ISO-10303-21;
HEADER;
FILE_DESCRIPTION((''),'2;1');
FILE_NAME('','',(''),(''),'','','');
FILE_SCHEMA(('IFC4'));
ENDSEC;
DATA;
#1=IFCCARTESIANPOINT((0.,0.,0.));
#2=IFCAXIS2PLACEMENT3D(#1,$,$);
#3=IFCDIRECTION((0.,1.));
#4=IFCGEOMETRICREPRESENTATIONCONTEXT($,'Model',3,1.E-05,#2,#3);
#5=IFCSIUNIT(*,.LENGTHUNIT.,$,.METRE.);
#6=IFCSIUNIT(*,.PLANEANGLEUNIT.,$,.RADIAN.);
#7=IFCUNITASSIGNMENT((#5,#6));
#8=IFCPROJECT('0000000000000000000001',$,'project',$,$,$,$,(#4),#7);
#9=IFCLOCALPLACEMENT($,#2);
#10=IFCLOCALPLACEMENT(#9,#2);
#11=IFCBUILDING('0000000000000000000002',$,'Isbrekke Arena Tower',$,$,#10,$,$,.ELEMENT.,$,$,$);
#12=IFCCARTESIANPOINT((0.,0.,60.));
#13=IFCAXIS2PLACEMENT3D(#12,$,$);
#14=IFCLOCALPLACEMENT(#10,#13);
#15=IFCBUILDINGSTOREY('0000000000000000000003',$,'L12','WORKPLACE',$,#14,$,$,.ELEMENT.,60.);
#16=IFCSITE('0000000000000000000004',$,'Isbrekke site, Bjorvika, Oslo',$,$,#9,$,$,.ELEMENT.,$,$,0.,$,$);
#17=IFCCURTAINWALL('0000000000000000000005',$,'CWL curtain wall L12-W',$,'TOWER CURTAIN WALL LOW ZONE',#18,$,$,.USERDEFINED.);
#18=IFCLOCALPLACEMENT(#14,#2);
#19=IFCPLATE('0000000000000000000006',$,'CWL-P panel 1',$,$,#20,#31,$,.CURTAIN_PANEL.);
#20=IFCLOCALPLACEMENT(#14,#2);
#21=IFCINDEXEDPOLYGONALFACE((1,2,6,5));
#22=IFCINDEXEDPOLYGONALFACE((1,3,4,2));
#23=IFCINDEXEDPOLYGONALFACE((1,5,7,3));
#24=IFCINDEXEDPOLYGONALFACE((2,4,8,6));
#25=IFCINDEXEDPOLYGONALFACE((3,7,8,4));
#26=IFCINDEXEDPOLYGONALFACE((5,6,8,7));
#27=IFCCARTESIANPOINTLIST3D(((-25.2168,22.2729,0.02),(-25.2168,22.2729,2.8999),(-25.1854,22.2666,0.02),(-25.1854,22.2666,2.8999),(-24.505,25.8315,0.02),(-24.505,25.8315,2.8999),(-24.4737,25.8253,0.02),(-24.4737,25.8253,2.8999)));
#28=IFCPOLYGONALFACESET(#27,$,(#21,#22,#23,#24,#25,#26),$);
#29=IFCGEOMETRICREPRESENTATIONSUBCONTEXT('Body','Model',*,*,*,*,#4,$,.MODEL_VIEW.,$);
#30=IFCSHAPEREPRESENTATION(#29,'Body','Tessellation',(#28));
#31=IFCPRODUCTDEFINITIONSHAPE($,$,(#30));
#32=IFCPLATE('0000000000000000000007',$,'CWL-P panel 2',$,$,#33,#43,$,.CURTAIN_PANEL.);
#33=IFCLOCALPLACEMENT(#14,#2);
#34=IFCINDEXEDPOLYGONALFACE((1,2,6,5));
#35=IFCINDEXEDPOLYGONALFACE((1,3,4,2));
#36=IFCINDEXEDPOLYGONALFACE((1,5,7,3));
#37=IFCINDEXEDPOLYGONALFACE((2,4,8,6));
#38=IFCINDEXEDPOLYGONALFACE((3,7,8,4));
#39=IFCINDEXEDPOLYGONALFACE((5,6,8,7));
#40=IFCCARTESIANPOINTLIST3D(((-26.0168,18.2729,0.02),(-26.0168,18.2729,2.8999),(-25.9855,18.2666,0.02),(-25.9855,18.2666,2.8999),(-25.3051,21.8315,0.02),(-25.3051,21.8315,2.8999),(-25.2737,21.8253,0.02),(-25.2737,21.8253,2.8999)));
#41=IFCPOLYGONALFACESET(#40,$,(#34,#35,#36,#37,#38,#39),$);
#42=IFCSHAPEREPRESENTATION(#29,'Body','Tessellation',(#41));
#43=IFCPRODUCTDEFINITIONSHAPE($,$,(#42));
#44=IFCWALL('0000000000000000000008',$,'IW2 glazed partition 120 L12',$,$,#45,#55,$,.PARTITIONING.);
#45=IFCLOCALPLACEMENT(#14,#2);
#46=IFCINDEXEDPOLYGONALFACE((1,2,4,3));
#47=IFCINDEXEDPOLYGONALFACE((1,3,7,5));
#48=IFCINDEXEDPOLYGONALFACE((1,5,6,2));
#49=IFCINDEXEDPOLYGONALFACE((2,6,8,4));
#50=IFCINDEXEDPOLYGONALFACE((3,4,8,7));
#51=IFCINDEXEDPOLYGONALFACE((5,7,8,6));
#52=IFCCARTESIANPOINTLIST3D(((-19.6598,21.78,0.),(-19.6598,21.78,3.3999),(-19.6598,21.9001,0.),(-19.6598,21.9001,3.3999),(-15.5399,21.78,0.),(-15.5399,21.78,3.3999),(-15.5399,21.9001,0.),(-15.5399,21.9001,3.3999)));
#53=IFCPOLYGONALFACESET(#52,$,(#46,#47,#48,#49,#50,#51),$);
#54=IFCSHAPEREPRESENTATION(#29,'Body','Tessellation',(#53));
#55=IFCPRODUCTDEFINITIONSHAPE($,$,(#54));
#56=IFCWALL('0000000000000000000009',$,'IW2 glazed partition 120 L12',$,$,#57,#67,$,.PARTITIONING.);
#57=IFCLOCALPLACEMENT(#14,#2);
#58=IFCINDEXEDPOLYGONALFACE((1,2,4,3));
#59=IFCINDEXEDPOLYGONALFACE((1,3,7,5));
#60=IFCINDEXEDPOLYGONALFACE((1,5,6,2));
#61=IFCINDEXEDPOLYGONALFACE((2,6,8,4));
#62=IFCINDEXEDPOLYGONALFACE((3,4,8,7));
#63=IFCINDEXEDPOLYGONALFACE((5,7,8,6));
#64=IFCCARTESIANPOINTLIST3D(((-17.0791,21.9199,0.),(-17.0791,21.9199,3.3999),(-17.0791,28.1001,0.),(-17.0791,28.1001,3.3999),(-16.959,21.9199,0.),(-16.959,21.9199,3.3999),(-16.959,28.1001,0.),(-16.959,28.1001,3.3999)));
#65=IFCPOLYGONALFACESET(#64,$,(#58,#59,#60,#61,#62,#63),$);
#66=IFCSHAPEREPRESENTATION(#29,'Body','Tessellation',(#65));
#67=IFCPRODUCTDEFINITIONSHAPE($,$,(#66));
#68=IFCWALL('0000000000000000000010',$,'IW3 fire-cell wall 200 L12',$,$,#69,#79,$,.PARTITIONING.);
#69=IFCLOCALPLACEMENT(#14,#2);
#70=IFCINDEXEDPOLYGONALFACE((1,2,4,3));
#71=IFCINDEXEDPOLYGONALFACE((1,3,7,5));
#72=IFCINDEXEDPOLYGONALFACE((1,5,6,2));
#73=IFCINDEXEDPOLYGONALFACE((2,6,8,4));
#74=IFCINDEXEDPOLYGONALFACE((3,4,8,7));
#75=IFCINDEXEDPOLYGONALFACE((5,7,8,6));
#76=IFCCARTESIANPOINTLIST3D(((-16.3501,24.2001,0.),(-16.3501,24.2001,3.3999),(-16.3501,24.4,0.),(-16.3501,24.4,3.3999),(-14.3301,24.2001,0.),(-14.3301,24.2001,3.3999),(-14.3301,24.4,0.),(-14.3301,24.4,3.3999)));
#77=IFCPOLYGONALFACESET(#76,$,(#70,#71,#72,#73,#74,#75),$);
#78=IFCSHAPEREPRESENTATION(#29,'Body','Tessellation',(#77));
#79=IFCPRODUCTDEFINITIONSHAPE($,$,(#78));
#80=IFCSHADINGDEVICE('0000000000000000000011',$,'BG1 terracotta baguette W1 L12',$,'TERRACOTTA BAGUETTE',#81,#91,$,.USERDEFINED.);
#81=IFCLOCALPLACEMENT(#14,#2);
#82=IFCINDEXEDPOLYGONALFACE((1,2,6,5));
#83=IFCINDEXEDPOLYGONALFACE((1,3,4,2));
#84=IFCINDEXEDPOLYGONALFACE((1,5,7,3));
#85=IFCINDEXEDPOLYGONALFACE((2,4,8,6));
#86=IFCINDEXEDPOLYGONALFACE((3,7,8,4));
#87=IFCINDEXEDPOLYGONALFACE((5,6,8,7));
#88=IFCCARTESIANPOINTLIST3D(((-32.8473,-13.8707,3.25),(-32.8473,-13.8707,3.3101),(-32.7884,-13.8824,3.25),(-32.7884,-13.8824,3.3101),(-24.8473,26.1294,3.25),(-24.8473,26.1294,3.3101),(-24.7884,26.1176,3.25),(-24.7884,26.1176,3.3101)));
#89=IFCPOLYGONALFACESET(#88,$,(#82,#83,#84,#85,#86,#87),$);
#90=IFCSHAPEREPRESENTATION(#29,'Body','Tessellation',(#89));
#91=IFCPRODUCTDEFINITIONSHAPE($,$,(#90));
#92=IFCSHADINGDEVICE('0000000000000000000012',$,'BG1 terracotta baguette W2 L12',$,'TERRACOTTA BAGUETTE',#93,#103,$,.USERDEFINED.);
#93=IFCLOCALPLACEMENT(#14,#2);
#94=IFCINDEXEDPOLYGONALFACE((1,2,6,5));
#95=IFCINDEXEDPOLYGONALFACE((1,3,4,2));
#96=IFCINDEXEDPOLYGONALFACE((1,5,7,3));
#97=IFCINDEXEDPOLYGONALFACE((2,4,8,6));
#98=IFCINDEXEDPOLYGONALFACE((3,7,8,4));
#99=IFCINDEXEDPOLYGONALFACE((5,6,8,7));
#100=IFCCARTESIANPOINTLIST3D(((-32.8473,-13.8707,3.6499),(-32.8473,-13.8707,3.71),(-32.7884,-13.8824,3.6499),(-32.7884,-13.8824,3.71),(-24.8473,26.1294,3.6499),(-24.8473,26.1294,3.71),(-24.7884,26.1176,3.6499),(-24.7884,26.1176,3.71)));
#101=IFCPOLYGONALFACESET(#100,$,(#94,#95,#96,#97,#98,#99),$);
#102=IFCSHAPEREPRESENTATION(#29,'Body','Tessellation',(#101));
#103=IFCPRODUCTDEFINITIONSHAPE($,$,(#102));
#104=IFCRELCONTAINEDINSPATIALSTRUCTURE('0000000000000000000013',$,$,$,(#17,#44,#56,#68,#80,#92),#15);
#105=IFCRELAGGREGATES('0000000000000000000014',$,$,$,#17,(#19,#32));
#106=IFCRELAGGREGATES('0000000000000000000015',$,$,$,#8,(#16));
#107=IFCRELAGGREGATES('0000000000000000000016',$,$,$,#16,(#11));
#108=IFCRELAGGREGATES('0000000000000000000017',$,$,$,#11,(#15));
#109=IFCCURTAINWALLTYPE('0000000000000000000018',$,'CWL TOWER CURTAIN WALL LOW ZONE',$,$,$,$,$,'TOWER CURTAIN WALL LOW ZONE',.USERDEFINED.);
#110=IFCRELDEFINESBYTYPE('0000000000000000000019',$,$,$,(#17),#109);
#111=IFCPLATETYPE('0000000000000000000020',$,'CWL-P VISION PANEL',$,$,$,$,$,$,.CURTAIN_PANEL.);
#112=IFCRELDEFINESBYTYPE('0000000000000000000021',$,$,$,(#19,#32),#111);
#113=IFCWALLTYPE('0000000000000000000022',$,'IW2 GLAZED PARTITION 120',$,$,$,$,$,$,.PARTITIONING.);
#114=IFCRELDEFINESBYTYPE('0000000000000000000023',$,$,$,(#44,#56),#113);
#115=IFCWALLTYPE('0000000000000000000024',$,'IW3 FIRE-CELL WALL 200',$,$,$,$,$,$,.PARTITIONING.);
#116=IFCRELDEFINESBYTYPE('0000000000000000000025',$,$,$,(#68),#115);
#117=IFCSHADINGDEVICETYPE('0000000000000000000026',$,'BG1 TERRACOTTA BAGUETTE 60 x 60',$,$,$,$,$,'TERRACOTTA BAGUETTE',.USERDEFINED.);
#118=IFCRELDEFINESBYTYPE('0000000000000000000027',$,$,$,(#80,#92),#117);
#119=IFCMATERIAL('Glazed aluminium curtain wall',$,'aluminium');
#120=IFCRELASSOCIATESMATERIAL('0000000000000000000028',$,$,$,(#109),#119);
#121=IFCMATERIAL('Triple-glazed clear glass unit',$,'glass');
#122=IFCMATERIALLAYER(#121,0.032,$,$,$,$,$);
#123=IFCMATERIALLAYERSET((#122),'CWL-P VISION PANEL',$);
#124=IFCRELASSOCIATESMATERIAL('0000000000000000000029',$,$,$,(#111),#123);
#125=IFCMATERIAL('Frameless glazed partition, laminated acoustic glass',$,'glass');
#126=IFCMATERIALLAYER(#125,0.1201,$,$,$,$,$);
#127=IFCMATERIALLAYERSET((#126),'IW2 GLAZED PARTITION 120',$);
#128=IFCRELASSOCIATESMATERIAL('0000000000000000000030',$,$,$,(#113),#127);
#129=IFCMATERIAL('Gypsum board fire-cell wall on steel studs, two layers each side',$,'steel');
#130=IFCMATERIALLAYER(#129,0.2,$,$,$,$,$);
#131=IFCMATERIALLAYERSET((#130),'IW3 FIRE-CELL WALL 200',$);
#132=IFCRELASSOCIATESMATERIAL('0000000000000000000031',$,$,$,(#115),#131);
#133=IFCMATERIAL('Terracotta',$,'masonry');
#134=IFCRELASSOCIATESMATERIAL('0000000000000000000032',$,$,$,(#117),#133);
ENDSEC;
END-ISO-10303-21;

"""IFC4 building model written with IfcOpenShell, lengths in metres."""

from ifc_helpers import new_model, si_unit, direction, frame, frame_2d, origin, origin_2d, place, context, subcontext, project, spatial, rectangle, extrude, material, layer, layer_set, material_profile, profile_set, type_object, element, aggregate, save


model = new_model("IFC4")

# Units and contexts
model_context = context("Model", 3, precision=1e-05, world=origin(), true_north=direction((0.0, 1.0)))
body_context = subcontext(model_context, "Body", "Model", "MODEL_VIEW")
ifc_project = project(units=[si_unit("LENGTHUNIT", "METRE"), si_unit("PLANEANGLEUNIT", "RADIAN")], contexts=[model_context])

# Site, building, storey
site_placement = place(None, origin())
site = spatial("IfcSite", under=ifc_project, at=site_placement, Name="Isbrekke site, Bjorvika, Oslo", CompositionType="ELEMENT", RefElevation=0.0)
building_placement = place(site_placement, origin())
building = spatial("IfcBuilding", under=site, at=building_placement, Name="Isbrekke Arena Tower", CompositionType="ELEMENT")
storey_placement = place(building_placement, frame((0.0, 0.0, 60.0)))
storey = spatial("IfcBuildingStorey", under=building, at=storey_placement, Name="L12", Description="WORKPLACE", CompositionType="ELEMENT", Elevation=60.0)

# Shared definitions
ifc_material_1 = material(Name="Glazed aluminium curtain wall", Category="aluminium")
curtain_wall_type = type_object("IfcCurtainWallType", Name="CWL TOWER CURTAIN WALL LOW ZONE", ElementType="TOWER CURTAIN WALL LOW ZONE", PredefinedType="USERDEFINED", material=ifc_material_1)

# Curtain wall
curtain_wall_1_placement = place(storey_placement, origin())
curtain_wall_1 = element("IfcCurtainWall", 1, at=curtain_wall_1_placement, inside=storey, type_object=curtain_wall_type, Name="CWL curtain wall L12-W", ObjectType="TOWER CURTAIN WALL LOW ZONE", PredefinedType="USERDEFINED")

# Plates
ifc_material_2 = material(Name="Triple-glazed clear glass unit", Category="glass")
ifc_layer_1 = layer(ifc_material_2, 0.032)
ifc_layer_set_1 = layer_set([ifc_layer_1], Name="CWL-P VISION PANEL")
plate_type = type_object("IfcPlateType", Name="CWL-P VISION PANEL", PredefinedType="CURTAIN_PANEL", material=ifc_layer_set_1)
plate_1_placement = place(storey_placement, frame((-24.8452, 24.0491, 0.02), z_axis=(0.0, 0.0, 1.0), x_axis=(-0.196116, -0.980581, 0.0)))
plate_1 = element("IfcPlate", 2, at=plate_1_placement, type_object=plate_type, Name="CWL-P panel 1", PredefinedType="CURTAIN_PANEL", context=body_context, shape_type="SweptSolid", body=[
    extrude(rectangle(XDim=3.6292, YDim=0.032, at=origin_2d()), origin(), (0.0, 0.0, 1.0), 2.8799),
])
plate_2_placement = place(storey_placement, frame((-25.6453, 20.0491, 0.02), z_axis=(0.0, 0.0, 1.0), x_axis=(-0.196116, -0.980581, 0.0)))
plate_2 = element("IfcPlate", 3, at=plate_2_placement, type_object=plate_type, Name="CWL-P panel 2", PredefinedType="CURTAIN_PANEL", context=body_context, shape_type="SweptSolid", body=[
    extrude(rectangle(XDim=3.6292, YDim=0.032, at=origin_2d()), origin(), (0.0, 0.0, 1.0), 2.8799),
])
aggregate(curtain_wall_1, [plate_1, plate_2])

# Walls
ifc_material_3 = material(Name="Frameless glazed partition, laminated acoustic glass", Category="glass")
ifc_layer_2 = layer(ifc_material_3, 0.1201)
ifc_layer_set_2 = layer_set([ifc_layer_2], Name="IW2 GLAZED PARTITION 120")
wall_type_1 = type_object("IfcWallType", Name="IW2 GLAZED PARTITION 120", PredefinedType="PARTITIONING", material=ifc_layer_set_2)
wall_1_placement = place(storey_placement, frame((-19.6599, 21.8401, 0.0), z_axis=(0.0, 0.0, 1.0), x_axis=(1.0, 0.0, 0.0)))
element("IfcWall", 4, at=wall_1_placement, inside=storey, type_object=wall_type_1, Name="IW2 glazed partition 120 L12", PredefinedType="PARTITIONING", context=body_context, shape_type="SweptSolid", body=[
    extrude(rectangle(XDim=4.1199, YDim=0.1201, at=frame_2d((2.0601, 0.0))), origin(), (0.0, 0.0, 1.0), 3.3999),
])
wall_2_placement = place(storey_placement, frame((-17.019, 21.9199, 0.0), z_axis=(0.0, 0.0, 1.0), x_axis=(0.0, 1.0, 0.0)))
element("IfcWall", 5, at=wall_2_placement, inside=storey, type_object=wall_type_1, Name="IW2 glazed partition 120 L12", PredefinedType="PARTITIONING", context=body_context, shape_type="SweptSolid", body=[
    extrude(rectangle(XDim=6.1802, YDim=0.1201, at=frame_2d((3.0901, 0.0))), origin(), (0.0, 0.0, 1.0), 3.3999),
])
ifc_material_4 = material(Name="Gypsum board fire-cell wall on steel studs, two layers each side", Category="steel")
ifc_layer_3 = layer(ifc_material_4, 0.2)
ifc_layer_set_3 = layer_set([ifc_layer_3], Name="IW3 FIRE-CELL WALL 200")
wall_type_2 = type_object("IfcWallType", Name="IW3 FIRE-CELL WALL 200", PredefinedType="PARTITIONING", material=ifc_layer_set_3)
wall_3_placement = place(storey_placement, frame((-16.3501, 24.3, 0.0), z_axis=(0.0, 0.0, 1.0), x_axis=(1.0, 0.0, 0.0)))
element("IfcWall", 6, at=wall_3_placement, inside=storey, type_object=wall_type_2, Name="IW3 fire-cell wall 200 L12", PredefinedType="PARTITIONING", context=body_context, shape_type="SweptSolid", body=[
    extrude(rectangle(XDim=2.02, YDim=0.2, at=frame_2d((1.01, 0.0))), origin(), (0.0, 0.0, 1.0), 3.3999),
])

# Shading devices
ifc_material_5 = material(Name="Terracotta", Category="masonry")
ifc_material_profile_1 = material_profile(ifc_material_5, rectangle(XDim=0.0601, YDim=0.0601, at=origin_2d()), Name="BAGUETTE 60X60")
ifc_profile_set_1 = profile_set([ifc_material_profile_1], Name="Terracotta")
shading_device_type = type_object("IfcShadingDeviceType", Name="BG1 TERRACOTTA BAGUETTE 60 x 60", ElementType="TERRACOTTA BAGUETTE", PredefinedType="USERDEFINED", material=ifc_profile_set_1)
for number, where, z_axis, x_axis, name in (
    (7, (-24.8179, 26.1235, 3.28), (-0.196116, -0.980581, 0.0), (0.980581, -0.196116, 0.0), "BG1 terracotta baguette W1 L12"),
    (8, (-24.8179, 26.1235, 3.6799), (-0.196116, -0.980581, 0.0), (0.980581, -0.196116, 0.0), "BG1 terracotta baguette W2 L12"),
):
    element("IfcShadingDevice", number, at=place(storey_placement, frame(where, z_axis=z_axis, x_axis=x_axis)), inside=storey, type_object=shading_device_type, Name=name, ObjectType="TERRACOTTA BAGUETTE", PredefinedType="USERDEFINED", context=body_context, shape_type="SweptSolid", body=[
        extrude(rectangle(XDim=0.0601, YDim=0.0601, at=origin_2d()), origin(), (0.0, 0.0, 1.0), 40.7922),
    ])

save(model, "model.ifc")
